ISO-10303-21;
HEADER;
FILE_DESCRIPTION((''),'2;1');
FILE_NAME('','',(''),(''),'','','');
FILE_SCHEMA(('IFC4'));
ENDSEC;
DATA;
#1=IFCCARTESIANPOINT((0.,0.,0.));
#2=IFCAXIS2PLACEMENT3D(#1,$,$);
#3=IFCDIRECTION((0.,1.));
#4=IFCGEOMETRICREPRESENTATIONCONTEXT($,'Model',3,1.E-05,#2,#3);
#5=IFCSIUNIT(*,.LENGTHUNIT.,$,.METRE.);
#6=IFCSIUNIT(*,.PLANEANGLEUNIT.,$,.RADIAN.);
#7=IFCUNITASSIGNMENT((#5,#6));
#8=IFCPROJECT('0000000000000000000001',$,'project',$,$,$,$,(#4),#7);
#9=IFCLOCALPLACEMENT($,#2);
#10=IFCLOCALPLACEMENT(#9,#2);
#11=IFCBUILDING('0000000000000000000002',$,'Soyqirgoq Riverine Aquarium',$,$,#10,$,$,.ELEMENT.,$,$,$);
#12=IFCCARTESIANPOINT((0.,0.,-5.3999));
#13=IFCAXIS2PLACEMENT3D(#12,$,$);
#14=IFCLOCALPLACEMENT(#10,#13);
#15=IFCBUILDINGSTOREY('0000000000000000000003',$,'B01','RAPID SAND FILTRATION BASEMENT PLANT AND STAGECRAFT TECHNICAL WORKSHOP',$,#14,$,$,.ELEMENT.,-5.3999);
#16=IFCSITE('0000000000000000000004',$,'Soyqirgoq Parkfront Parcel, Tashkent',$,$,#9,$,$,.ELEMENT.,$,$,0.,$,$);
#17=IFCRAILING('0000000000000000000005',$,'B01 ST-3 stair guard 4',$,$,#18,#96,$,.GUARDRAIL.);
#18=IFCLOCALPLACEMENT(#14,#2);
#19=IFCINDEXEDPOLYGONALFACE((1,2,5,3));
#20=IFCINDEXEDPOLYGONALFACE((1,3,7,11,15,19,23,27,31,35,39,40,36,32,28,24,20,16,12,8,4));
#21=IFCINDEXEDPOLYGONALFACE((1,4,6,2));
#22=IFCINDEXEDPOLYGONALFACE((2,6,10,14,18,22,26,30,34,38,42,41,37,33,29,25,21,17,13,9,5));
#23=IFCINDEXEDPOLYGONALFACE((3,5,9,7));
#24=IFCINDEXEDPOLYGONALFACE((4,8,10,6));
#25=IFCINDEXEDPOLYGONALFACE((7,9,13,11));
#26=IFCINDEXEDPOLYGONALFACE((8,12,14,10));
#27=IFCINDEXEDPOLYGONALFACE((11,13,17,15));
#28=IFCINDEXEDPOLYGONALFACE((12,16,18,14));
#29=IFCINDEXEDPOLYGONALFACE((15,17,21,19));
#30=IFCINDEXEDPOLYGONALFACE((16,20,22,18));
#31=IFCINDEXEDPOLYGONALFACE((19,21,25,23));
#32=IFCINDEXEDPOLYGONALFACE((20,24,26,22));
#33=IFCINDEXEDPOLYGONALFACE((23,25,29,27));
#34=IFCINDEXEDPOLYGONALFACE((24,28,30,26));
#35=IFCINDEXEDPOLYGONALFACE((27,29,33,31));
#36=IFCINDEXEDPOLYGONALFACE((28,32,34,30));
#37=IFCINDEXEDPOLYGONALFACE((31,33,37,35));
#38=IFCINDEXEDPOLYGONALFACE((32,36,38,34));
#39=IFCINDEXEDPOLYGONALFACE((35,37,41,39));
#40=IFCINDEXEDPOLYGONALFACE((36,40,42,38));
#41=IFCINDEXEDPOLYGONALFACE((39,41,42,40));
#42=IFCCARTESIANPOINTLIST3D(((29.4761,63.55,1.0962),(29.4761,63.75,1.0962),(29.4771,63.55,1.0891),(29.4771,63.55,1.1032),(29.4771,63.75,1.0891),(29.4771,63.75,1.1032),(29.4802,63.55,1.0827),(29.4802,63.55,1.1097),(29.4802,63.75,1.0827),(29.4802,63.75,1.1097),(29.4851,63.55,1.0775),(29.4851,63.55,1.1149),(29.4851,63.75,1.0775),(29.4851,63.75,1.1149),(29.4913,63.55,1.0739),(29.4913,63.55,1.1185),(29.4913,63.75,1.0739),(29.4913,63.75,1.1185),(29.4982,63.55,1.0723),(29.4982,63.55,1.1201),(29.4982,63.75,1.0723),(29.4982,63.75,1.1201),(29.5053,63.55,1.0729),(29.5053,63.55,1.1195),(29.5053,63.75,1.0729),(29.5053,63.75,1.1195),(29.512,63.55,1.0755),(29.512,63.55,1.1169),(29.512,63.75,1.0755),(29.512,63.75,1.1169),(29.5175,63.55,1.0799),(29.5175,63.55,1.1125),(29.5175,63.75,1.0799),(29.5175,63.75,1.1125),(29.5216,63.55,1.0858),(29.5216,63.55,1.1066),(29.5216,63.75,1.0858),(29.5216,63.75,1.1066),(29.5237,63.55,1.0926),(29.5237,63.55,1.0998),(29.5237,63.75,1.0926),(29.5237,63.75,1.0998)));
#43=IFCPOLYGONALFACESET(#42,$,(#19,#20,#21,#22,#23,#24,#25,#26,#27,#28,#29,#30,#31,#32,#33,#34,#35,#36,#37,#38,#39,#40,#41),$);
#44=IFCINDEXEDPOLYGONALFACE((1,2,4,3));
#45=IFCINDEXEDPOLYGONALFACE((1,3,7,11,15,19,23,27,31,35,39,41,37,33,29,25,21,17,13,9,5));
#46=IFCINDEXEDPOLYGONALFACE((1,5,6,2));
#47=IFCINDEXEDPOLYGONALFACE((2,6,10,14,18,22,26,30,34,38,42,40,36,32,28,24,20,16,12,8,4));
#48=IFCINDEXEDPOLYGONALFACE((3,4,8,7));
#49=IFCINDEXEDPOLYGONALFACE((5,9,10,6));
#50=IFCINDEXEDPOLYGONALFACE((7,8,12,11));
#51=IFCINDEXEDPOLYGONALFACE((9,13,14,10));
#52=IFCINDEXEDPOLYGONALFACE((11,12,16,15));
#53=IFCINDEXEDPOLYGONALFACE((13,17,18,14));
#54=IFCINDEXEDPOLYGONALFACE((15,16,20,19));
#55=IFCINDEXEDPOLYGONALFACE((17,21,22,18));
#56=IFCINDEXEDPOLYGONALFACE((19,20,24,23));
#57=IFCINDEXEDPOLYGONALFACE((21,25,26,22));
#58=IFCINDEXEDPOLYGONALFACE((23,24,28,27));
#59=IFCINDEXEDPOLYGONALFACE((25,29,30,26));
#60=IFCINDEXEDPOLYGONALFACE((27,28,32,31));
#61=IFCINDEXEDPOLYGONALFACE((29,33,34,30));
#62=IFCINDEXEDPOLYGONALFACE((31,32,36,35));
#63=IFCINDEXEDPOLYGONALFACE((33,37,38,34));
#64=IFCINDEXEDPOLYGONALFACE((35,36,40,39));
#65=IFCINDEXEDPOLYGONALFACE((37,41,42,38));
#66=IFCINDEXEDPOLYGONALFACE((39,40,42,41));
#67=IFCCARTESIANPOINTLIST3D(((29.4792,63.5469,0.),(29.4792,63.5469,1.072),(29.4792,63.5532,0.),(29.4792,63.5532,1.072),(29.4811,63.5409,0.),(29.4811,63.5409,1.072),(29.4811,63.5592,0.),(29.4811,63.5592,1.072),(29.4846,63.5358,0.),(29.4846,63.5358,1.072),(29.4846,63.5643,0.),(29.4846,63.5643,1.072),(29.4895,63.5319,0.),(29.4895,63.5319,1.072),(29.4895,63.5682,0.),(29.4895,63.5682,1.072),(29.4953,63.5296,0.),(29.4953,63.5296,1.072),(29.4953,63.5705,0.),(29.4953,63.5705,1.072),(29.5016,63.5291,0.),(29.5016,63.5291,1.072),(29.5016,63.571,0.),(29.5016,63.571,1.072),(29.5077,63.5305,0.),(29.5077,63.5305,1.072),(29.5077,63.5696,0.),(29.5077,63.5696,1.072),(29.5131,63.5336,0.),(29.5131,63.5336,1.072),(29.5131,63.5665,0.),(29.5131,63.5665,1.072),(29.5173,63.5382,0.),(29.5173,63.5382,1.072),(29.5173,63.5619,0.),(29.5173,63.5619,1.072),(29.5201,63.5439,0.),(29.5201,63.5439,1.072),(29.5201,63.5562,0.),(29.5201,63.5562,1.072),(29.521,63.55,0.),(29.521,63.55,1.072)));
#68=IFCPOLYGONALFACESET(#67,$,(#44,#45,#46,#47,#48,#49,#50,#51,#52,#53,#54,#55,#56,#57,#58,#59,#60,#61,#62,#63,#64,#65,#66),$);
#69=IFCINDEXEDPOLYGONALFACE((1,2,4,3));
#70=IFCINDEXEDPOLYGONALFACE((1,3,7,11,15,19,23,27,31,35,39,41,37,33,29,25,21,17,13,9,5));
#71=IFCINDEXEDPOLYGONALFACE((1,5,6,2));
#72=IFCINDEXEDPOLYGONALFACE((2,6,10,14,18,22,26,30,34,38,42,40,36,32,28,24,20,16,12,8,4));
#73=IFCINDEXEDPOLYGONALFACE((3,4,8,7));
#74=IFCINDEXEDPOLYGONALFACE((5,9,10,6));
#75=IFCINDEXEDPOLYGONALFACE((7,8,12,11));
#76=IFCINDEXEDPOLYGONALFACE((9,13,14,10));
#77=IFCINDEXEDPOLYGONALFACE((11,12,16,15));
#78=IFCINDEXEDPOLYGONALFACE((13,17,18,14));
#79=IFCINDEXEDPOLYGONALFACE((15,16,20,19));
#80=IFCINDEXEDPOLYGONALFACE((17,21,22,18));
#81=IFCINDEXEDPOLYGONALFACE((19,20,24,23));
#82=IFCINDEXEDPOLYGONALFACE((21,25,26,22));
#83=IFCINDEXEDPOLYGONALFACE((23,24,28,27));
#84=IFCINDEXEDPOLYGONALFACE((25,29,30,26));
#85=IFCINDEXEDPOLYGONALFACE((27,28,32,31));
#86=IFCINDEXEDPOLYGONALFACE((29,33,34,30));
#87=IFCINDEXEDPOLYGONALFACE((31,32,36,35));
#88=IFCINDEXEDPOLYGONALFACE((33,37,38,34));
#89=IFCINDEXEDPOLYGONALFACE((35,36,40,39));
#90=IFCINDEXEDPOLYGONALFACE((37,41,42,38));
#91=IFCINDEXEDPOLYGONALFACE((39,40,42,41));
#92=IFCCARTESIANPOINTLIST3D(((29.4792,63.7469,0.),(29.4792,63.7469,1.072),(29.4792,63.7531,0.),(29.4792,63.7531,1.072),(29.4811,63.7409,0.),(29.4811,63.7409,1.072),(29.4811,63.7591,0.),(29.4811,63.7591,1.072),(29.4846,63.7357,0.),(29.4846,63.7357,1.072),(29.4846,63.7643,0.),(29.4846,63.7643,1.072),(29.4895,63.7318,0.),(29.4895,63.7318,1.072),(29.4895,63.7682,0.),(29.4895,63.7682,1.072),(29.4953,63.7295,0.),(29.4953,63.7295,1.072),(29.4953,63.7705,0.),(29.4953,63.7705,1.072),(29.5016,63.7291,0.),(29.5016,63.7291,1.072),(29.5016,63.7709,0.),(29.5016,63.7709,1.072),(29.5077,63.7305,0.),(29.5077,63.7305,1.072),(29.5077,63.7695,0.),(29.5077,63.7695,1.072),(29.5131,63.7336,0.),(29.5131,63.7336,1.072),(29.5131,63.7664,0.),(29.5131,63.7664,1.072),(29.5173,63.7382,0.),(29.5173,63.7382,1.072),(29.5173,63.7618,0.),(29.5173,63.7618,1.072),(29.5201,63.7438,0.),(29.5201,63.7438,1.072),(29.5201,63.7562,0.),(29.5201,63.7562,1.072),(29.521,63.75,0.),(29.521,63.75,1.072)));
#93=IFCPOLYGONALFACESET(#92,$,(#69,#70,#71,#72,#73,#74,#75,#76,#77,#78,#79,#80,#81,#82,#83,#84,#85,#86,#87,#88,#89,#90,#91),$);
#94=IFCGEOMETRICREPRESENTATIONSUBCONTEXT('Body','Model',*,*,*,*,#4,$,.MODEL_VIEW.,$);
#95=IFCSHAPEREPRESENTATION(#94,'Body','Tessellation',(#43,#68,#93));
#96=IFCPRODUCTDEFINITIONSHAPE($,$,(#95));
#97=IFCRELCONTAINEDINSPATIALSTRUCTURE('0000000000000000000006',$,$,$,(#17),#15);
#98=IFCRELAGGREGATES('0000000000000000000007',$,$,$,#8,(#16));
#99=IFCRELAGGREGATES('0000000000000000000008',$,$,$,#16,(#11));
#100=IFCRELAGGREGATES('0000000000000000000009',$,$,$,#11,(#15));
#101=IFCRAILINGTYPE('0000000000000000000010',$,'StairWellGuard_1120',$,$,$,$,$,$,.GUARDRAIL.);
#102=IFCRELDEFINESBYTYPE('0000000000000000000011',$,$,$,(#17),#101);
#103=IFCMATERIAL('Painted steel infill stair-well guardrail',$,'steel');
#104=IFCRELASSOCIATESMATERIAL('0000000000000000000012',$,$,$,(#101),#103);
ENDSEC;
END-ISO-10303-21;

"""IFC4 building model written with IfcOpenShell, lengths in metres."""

from ifc_helpers import new_model, si_unit, direction, frame, origin, origin_2d, place, context, subcontext, project, spatial, circle, extrude, material, type_object, element, save


model = new_model("IFC4")

# Units and contexts
model_context = context("Model", 3, precision=1e-05, world=origin(), true_north=direction((0.0, 1.0)))
body_context = subcontext(model_context, "Body", "Model", "MODEL_VIEW")
ifc_project = project(units=[si_unit("LENGTHUNIT", "METRE"), si_unit("PLANEANGLEUNIT", "RADIAN")], contexts=[model_context])

# Site, building, storey
site_placement = place(None, origin())
site = spatial("IfcSite", under=ifc_project, at=site_placement, Name="Soyqirgoq Parkfront Parcel, Tashkent", CompositionType="ELEMENT", RefElevation=0.0)
building_placement = place(site_placement, origin())
building = spatial("IfcBuilding", under=site, at=building_placement, Name="Soyqirgoq Riverine Aquarium", CompositionType="ELEMENT")
storey_placement = place(building_placement, frame((0.0, 0.0, -5.3999)))
storey = spatial("IfcBuildingStorey", under=building, at=storey_placement, Name="B01", Description="RAPID SAND FILTRATION BASEMENT PLANT AND STAGECRAFT TECHNICAL WORKSHOP", CompositionType="ELEMENT", Elevation=-5.3999)

# Railing
ifc_material_1 = material(Name="Painted steel infill stair-well guardrail", Category="steel")
railing_type_1 = type_object("IfcRailingType", Name="StairWellGuard_1120", PredefinedType="GUARDRAIL", material=ifc_material_1)
railing_1_placement = place(storey_placement, frame((29.5, 63.55, 0.0)))
element("IfcRailing", 1, at=railing_1_placement, inside=storey, type_object=railing_type_1, Name="B01 ST-3 stair guard 4", PredefinedType="GUARDRAIL", context=body_context, shape_type="SweptSolid", body=[
    extrude(circle(Radius=0.0239, at=origin_2d()), frame((0.0, 0.0, 1.0962), z_axis=(0.0, 1.0, 0.0), x_axis=(-1.0, 0.0, 0.0)), (0.0, 0.0, 1.0), 0.2),
    extrude(circle(Radius=0.021, at=origin_2d()), origin(), (0.0, 0.0, 1.0), 1.072),
    extrude(circle(Radius=0.021, at=origin_2d()), frame((0.0, 0.2, 0.0)), (0.0, 0.0, 1.0), 1.072),
])

save(model, "model.ifc")
